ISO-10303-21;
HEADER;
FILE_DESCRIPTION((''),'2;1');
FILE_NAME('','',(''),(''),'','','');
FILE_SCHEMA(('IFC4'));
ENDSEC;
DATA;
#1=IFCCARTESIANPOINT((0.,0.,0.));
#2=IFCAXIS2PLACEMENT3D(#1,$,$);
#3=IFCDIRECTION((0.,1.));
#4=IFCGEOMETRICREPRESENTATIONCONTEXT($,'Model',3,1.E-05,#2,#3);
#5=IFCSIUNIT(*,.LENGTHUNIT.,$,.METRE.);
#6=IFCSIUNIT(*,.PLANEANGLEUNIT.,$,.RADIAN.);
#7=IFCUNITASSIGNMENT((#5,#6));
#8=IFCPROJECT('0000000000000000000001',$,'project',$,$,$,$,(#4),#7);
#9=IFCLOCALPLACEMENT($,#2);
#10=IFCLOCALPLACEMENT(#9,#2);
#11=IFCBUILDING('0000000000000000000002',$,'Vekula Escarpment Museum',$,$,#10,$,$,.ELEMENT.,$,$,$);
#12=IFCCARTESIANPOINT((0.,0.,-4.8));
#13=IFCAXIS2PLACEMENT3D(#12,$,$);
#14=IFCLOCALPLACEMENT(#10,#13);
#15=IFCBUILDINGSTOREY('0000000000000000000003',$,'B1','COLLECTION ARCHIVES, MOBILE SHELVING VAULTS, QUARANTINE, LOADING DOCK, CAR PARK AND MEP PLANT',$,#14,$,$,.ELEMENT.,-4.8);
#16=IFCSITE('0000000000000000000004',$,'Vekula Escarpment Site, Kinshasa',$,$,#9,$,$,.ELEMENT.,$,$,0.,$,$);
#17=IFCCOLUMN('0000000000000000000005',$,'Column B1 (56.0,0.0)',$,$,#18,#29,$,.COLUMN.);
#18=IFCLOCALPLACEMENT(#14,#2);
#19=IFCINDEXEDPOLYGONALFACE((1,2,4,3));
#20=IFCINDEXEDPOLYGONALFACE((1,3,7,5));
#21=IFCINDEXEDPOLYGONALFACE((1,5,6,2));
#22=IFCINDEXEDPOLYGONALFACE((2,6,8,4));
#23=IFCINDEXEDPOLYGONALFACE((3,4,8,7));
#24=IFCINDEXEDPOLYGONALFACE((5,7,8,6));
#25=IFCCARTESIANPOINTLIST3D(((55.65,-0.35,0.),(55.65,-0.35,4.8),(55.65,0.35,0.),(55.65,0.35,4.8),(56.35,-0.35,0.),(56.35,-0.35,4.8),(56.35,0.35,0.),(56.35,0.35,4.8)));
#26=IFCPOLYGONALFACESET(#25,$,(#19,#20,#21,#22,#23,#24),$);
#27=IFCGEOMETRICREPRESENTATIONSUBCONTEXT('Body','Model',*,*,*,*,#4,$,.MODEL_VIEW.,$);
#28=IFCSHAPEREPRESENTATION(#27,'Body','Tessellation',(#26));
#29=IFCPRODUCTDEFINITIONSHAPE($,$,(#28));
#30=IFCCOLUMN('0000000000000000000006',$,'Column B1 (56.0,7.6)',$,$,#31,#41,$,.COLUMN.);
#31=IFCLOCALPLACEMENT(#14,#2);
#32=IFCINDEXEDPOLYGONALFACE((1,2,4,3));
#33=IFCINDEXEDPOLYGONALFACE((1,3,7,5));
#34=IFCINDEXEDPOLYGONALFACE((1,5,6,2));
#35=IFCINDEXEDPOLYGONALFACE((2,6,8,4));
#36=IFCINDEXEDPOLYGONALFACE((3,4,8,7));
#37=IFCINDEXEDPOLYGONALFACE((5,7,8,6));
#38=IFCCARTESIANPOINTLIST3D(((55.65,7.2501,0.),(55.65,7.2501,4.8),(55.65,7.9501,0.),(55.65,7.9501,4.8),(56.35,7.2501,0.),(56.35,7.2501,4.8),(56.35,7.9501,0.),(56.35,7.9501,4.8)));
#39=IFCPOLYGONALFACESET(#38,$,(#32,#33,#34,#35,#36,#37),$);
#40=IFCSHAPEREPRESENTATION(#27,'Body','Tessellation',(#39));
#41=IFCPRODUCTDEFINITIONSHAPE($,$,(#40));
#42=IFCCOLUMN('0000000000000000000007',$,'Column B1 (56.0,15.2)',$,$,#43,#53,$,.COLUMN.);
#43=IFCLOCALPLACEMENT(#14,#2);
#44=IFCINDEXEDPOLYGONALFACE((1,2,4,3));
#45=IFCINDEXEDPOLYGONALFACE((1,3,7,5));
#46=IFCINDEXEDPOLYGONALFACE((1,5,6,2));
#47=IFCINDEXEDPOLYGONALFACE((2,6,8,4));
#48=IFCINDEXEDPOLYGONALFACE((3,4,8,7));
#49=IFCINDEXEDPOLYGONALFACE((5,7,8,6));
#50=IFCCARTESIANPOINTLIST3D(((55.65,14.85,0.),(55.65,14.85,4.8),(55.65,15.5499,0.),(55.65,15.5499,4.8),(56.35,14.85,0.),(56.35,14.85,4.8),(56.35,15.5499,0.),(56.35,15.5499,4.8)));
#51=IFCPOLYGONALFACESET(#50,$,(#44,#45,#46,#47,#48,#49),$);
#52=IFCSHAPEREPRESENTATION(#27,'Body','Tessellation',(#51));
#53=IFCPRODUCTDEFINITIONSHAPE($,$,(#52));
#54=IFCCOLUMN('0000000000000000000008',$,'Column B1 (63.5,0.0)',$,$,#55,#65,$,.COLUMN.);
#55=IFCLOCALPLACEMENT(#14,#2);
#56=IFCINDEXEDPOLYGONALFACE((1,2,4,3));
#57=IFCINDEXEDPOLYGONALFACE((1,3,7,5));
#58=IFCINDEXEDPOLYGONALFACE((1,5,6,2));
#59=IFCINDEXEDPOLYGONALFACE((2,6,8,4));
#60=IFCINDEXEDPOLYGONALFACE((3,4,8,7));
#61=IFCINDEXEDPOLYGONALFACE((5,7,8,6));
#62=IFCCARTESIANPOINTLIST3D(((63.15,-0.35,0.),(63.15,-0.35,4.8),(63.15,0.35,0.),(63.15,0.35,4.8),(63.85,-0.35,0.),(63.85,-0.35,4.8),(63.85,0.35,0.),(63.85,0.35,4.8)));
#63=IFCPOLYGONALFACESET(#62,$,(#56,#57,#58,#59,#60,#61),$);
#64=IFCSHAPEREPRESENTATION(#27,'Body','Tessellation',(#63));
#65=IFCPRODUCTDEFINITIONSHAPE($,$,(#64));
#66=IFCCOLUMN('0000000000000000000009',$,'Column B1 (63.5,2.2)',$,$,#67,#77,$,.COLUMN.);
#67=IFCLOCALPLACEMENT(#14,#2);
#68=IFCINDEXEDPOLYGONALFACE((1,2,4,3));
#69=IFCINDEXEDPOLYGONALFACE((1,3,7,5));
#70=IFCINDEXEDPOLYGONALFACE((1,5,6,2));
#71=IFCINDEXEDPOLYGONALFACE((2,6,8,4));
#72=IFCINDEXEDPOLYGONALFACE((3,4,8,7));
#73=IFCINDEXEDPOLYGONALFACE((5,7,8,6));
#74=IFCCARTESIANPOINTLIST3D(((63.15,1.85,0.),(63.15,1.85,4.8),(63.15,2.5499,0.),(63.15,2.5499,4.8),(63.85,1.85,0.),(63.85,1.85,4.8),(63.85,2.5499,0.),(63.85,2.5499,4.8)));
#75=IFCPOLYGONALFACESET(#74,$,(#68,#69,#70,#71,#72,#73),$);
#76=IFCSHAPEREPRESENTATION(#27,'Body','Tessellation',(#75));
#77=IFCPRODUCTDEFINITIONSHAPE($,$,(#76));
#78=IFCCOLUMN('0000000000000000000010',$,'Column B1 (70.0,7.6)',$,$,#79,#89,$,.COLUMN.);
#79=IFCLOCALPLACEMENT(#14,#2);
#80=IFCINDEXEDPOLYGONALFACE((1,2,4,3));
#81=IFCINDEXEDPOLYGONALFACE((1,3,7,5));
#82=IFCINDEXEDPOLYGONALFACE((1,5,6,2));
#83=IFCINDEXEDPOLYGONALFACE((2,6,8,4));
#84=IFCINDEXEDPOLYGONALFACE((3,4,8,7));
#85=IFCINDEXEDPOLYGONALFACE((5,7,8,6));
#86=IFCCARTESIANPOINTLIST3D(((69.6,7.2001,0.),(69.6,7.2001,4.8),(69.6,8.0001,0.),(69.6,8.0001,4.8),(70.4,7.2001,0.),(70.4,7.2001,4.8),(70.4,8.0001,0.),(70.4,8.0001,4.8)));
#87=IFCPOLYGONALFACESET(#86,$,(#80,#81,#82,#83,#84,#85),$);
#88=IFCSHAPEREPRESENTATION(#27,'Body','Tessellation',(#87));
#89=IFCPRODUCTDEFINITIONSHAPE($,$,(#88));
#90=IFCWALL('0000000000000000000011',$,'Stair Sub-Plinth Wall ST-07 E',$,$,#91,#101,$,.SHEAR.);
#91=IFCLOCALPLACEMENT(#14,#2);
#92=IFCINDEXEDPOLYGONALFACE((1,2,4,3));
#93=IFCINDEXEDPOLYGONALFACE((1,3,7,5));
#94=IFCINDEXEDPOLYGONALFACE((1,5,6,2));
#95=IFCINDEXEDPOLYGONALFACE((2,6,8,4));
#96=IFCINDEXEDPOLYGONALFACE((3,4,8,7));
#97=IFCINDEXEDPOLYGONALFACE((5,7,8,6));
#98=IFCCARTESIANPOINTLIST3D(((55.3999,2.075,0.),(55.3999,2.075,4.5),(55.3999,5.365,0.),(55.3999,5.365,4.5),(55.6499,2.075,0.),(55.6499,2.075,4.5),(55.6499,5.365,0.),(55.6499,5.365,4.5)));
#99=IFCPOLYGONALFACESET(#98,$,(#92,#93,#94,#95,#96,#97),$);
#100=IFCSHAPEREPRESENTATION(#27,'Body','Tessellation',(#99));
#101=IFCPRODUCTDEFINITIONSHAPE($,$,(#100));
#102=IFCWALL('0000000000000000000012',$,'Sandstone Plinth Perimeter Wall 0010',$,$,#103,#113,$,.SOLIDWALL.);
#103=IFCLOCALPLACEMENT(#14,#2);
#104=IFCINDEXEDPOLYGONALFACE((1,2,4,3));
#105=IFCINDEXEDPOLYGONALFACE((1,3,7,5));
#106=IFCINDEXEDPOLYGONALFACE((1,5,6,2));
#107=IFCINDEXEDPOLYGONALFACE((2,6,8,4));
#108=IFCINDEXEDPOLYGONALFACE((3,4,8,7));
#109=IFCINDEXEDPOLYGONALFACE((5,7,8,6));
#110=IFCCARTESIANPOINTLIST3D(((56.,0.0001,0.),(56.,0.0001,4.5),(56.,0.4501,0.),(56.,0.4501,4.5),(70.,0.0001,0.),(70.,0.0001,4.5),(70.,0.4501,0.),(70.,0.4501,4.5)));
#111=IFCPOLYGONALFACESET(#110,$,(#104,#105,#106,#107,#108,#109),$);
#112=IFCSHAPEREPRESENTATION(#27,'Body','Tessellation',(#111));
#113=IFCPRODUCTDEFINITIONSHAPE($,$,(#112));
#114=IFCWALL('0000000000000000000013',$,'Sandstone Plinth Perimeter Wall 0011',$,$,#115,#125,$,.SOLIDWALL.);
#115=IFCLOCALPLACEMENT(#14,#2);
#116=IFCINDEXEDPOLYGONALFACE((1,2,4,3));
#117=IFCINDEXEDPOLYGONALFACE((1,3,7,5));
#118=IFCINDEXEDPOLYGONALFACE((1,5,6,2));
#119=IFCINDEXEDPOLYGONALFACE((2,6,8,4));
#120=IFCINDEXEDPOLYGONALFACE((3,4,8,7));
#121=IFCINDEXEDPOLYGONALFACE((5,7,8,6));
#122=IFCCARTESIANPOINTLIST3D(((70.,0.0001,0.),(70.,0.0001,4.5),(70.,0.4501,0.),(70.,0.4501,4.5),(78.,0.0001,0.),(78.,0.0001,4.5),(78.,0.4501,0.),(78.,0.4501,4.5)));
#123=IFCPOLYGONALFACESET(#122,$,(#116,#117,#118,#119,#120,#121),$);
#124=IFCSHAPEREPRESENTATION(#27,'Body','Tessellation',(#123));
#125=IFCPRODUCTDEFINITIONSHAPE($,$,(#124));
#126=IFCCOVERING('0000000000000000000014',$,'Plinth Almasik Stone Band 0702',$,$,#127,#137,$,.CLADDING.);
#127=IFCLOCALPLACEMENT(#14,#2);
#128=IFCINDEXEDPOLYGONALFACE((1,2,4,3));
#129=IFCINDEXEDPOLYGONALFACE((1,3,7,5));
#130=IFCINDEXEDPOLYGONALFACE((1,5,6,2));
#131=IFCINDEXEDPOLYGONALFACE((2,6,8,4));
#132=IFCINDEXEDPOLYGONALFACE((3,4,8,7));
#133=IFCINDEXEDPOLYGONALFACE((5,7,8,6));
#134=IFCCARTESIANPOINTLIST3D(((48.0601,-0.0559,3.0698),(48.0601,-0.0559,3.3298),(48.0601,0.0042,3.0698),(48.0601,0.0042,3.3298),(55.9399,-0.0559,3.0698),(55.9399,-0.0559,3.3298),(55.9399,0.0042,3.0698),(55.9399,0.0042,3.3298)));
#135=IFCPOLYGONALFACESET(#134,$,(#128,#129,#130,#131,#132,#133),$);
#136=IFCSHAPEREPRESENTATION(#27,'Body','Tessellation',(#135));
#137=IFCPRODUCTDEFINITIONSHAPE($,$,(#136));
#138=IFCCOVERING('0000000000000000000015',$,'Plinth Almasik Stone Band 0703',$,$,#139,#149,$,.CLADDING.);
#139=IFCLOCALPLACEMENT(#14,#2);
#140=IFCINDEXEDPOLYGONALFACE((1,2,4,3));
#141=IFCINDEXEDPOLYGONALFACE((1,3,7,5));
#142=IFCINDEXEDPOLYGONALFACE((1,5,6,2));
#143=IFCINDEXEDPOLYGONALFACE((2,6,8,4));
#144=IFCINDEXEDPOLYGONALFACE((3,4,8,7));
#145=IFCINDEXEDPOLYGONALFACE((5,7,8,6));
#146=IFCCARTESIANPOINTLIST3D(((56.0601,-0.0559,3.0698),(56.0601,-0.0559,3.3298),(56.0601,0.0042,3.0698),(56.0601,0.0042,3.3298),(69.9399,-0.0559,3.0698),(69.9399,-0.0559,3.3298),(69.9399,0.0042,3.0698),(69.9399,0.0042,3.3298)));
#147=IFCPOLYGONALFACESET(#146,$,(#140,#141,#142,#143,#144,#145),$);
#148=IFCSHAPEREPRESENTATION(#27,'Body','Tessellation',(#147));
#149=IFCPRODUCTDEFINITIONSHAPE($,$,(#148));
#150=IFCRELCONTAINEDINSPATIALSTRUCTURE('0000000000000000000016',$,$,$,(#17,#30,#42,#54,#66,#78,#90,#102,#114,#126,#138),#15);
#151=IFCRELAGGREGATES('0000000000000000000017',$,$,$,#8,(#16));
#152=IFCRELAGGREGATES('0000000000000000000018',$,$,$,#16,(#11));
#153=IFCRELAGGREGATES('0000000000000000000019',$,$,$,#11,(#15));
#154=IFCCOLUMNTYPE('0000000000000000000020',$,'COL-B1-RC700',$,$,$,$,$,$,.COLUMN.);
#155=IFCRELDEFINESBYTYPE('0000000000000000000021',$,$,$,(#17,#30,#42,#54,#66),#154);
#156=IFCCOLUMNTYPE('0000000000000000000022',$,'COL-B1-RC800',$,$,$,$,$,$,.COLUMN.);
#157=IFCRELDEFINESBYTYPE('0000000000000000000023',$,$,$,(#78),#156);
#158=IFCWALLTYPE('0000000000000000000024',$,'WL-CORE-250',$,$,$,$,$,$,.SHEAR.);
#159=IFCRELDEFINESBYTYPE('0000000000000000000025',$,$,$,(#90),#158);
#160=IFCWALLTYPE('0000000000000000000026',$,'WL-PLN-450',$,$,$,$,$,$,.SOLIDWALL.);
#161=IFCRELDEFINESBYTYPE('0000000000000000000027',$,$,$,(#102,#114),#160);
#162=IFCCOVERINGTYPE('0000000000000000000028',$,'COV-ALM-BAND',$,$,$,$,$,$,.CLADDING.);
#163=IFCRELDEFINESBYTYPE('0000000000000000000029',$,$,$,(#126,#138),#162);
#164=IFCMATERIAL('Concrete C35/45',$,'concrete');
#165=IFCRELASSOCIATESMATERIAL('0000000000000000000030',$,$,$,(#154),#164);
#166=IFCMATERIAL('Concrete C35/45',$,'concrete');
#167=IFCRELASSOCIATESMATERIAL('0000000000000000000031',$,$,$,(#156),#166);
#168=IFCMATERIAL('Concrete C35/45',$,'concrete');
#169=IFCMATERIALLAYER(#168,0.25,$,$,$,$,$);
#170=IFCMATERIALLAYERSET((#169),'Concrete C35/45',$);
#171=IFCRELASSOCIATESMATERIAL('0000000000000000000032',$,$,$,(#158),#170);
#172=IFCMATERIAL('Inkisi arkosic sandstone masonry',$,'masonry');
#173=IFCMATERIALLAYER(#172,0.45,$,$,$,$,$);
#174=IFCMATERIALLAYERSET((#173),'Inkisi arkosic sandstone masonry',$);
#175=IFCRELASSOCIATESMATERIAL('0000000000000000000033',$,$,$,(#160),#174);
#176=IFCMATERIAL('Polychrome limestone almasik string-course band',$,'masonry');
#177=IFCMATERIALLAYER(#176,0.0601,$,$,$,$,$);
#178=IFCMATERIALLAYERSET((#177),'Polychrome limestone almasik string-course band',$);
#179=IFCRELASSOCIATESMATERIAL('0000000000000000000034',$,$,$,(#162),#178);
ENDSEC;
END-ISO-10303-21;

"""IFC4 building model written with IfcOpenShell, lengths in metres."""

from ifc_helpers import new_model, si_unit, direction, frame, frame_2d, origin, origin_2d, place, context, subcontext, project, spatial, rectangle, extrude, material, layer, layer_set, material_profile, profile_set, type_object, element, save


model = new_model("IFC4")

# Units and contexts
model_context = context("Model", 3, precision=1e-05, world=origin(), true_north=direction((0.0, 1.0)))
body_context = subcontext(model_context, "Body", "Model", "MODEL_VIEW")
ifc_project = project(units=[si_unit("LENGTHUNIT", "METRE"), si_unit("PLANEANGLEUNIT", "RADIAN")], contexts=[model_context])

# Site, building, storey
site_placement = place(None, origin())
site = spatial("IfcSite", under=ifc_project, at=site_placement, Name="Vekula Escarpment Site, Kinshasa", CompositionType="ELEMENT", RefElevation=0.0)
building_placement = place(site_placement, origin())
building = spatial("IfcBuilding", under=site, at=building_placement, Name="Vekula Escarpment Museum", CompositionType="ELEMENT")
storey_placement = place(building_placement, frame((0.0, 0.0, -4.8)))
storey = spatial("IfcBuildingStorey", under=building, at=storey_placement, Name="B1", Description="COLLECTION ARCHIVES, MOBILE SHELVING VAULTS, QUARANTINE, LOADING DOCK, CAR PARK AND MEP PLANT", CompositionType="ELEMENT", Elevation=-4.8)

# Columns
ifc_material_1 = material(Name="Concrete C35/45", Category="concrete")
ifc_material_profile_1 = material_profile(ifc_material_1, rectangle(XDim=0.7, YDim=0.7, at=origin_2d()), Name="RC 700x700")
ifc_profile_set_1 = profile_set([ifc_material_profile_1], Name="Concrete C35/45")
column_type_1 = type_object("IfcColumnType", Name="COL-B1-RC700", PredefinedType="COLUMN", material=ifc_profile_set_1)
for number, where, z_axis, x_axis, name in (
    (1, (56.0, 0.0, 0.0), (0.0, 0.0, 1.0), (1.0, 0.0, 0.0), "Column B1 (56.0,0.0)"),
    (2, (56.0, 7.6001, 0.0), (0.0, 0.0, 1.0), (1.0, 0.0, 0.0), "Column B1 (56.0,7.6)"),
    (3, (56.0, 15.2, 0.0), (0.0, 0.0, 1.0), (1.0, 0.0, 0.0), "Column B1 (56.0,15.2)"),
    (4, (63.5, 0.0, 0.0), (0.0, 0.0, 1.0), (1.0, 0.0, 0.0), "Column B1 (63.5,0.0)"),
    (5, (63.5, 2.2, 0.0), (0.0, 0.0, 1.0), (1.0, 0.0, 0.0), "Column B1 (63.5,2.2)"),
):
    element("IfcColumn", number, at=place(storey_placement, frame(where, z_axis=z_axis, x_axis=x_axis)), inside=storey, type_object=column_type_1, Name=name, PredefinedType="COLUMN", context=body_context, shape_type="SweptSolid", body=[
        extrude(rectangle(XDim=0.7, YDim=0.7, at=origin_2d()), origin(), (0.0, 0.0, 1.0), 4.8),
    ])
ifc_material_2 = material(Name="Concrete C35/45", Category="concrete")
ifc_material_profile_2 = material_profile(ifc_material_2, rectangle(XDim=0.8, YDim=0.8, at=origin_2d()), Name="RC 800x800")
ifc_profile_set_2 = profile_set([ifc_material_profile_2], Name="Concrete C35/45")
column_type_2 = type_object("IfcColumnType", Name="COL-B1-RC800", PredefinedType="COLUMN", material=ifc_profile_set_2)
column_1_placement = place(storey_placement, frame((70.0, 7.6001, 0.0), z_axis=(0.0, 0.0, 1.0), x_axis=(1.0, 0.0, 0.0)))
element("IfcColumn", 6, at=column_1_placement, inside=storey, type_object=column_type_2, Name="Column B1 (70.0,7.6)", PredefinedType="COLUMN", context=body_context, shape_type="SweptSolid", body=[
    extrude(rectangle(XDim=0.8, YDim=0.8, at=origin_2d()), origin(), (0.0, 0.0, 1.0), 4.8),
])

# Walls
ifc_material_3 = material(Name="Concrete C35/45", Category="concrete")
ifc_layer_1 = layer(ifc_material_3, 0.25)
ifc_layer_set_1 = layer_set([ifc_layer_1], Name="Concrete C35/45")
wall_type_1 = type_object("IfcWallType", Name="WL-CORE-250", PredefinedType="SHEAR", material=ifc_layer_set_1)
wall_1_placement = place(storey_placement, frame((55.5249, 2.075, 0.0), z_axis=(0.0, 0.0, 1.0), x_axis=(0.0, 1.0, 0.0)))
element("IfcWall", 7, at=wall_1_placement, inside=storey, type_object=wall_type_1, Name="Stair Sub-Plinth Wall ST-07 E", PredefinedType="SHEAR", context=body_context, shape_type="SweptSolid", body=[
    extrude(rectangle(XDim=3.29, YDim=0.25, at=frame_2d((1.645, 0.0))), origin(), (0.0, 0.0, 1.0), 4.5),
])
ifc_material_4 = material(Name="Inkisi arkosic sandstone masonry", Category="masonry")
ifc_layer_2 = layer(ifc_material_4, 0.45)
ifc_layer_set_2 = layer_set([ifc_layer_2], Name="Inkisi arkosic sandstone masonry")
wall_type_2 = type_object("IfcWallType", Name="WL-PLN-450", PredefinedType="SOLIDWALL", material=ifc_layer_set_2)
wall_2_placement = place(storey_placement, frame((56.0, 0.2251, 0.0), z_axis=(0.0, 0.0, 1.0), x_axis=(1.0, 0.0, 0.0)))
element("IfcWall", 8, at=wall_2_placement, inside=storey, type_object=wall_type_2, Name="Sandstone Plinth Perimeter Wall 0010", PredefinedType="SOLIDWALL", context=body_context, shape_type="SweptSolid", body=[
    extrude(rectangle(XDim=14.0, YDim=0.45, at=frame_2d((7.0, 0.0))), origin(), (0.0, 0.0, 1.0), 4.5),
])
wall_3_placement = place(storey_placement, frame((70.0, 0.2251, 0.0), z_axis=(0.0, 0.0, 1.0), x_axis=(1.0, 0.0, 0.0)))
element("IfcWall", 9, at=wall_3_placement, inside=storey, type_object=wall_type_2, Name="Sandstone Plinth Perimeter Wall 0011", PredefinedType="SOLIDWALL", context=body_context, shape_type="SweptSolid", body=[
    extrude(rectangle(XDim=8.0, YDim=0.45, at=frame_2d((4.0, 0.0))), origin(), (0.0, 0.0, 1.0), 4.5),
])

# Coverings
ifc_material_5 = material(Name="Polychrome limestone almasik string-course band", Category="masonry")
ifc_layer_3 = layer(ifc_material_5, 0.0601)
ifc_layer_set_3 = layer_set([ifc_layer_3], Name="Polychrome limestone almasik string-course band")
covering_type = type_object("IfcCoveringType", Name="COV-ALM-BAND", PredefinedType="CLADDING", material=ifc_layer_set_3)
covering_1_placement = place(storey_placement, frame((52.0, -0.0259, 3.0698), z_axis=(0.0, 0.0, 1.0), x_axis=(1.0, 0.0, 0.0)))
element("IfcCovering", 10, at=covering_1_placement, inside=storey, type_object=covering_type, Name="Plinth Almasik Stone Band 0702", PredefinedType="CLADDING", context=body_context, shape_type="SweptSolid", body=[
    extrude(rectangle(XDim=7.8799, YDim=0.0601, at=origin_2d()), origin(), (0.0, 0.0, 1.0), 0.26),
])
covering_2_placement = place(storey_placement, frame((63.0, -0.0259, 3.0698), z_axis=(0.0, 0.0, 1.0), x_axis=(1.0, 0.0, 0.0)))
element("IfcCovering", 11, at=covering_2_placement, inside=storey, type_object=covering_type, Name="Plinth Almasik Stone Band 0703", PredefinedType="CLADDING", context=body_context, shape_type="SweptSolid", body=[
    extrude(rectangle(XDim=13.8799, YDim=0.0601, at=origin_2d()), origin(), (0.0, 0.0, 1.0), 0.26),
])

save(model, "model.ifc")
